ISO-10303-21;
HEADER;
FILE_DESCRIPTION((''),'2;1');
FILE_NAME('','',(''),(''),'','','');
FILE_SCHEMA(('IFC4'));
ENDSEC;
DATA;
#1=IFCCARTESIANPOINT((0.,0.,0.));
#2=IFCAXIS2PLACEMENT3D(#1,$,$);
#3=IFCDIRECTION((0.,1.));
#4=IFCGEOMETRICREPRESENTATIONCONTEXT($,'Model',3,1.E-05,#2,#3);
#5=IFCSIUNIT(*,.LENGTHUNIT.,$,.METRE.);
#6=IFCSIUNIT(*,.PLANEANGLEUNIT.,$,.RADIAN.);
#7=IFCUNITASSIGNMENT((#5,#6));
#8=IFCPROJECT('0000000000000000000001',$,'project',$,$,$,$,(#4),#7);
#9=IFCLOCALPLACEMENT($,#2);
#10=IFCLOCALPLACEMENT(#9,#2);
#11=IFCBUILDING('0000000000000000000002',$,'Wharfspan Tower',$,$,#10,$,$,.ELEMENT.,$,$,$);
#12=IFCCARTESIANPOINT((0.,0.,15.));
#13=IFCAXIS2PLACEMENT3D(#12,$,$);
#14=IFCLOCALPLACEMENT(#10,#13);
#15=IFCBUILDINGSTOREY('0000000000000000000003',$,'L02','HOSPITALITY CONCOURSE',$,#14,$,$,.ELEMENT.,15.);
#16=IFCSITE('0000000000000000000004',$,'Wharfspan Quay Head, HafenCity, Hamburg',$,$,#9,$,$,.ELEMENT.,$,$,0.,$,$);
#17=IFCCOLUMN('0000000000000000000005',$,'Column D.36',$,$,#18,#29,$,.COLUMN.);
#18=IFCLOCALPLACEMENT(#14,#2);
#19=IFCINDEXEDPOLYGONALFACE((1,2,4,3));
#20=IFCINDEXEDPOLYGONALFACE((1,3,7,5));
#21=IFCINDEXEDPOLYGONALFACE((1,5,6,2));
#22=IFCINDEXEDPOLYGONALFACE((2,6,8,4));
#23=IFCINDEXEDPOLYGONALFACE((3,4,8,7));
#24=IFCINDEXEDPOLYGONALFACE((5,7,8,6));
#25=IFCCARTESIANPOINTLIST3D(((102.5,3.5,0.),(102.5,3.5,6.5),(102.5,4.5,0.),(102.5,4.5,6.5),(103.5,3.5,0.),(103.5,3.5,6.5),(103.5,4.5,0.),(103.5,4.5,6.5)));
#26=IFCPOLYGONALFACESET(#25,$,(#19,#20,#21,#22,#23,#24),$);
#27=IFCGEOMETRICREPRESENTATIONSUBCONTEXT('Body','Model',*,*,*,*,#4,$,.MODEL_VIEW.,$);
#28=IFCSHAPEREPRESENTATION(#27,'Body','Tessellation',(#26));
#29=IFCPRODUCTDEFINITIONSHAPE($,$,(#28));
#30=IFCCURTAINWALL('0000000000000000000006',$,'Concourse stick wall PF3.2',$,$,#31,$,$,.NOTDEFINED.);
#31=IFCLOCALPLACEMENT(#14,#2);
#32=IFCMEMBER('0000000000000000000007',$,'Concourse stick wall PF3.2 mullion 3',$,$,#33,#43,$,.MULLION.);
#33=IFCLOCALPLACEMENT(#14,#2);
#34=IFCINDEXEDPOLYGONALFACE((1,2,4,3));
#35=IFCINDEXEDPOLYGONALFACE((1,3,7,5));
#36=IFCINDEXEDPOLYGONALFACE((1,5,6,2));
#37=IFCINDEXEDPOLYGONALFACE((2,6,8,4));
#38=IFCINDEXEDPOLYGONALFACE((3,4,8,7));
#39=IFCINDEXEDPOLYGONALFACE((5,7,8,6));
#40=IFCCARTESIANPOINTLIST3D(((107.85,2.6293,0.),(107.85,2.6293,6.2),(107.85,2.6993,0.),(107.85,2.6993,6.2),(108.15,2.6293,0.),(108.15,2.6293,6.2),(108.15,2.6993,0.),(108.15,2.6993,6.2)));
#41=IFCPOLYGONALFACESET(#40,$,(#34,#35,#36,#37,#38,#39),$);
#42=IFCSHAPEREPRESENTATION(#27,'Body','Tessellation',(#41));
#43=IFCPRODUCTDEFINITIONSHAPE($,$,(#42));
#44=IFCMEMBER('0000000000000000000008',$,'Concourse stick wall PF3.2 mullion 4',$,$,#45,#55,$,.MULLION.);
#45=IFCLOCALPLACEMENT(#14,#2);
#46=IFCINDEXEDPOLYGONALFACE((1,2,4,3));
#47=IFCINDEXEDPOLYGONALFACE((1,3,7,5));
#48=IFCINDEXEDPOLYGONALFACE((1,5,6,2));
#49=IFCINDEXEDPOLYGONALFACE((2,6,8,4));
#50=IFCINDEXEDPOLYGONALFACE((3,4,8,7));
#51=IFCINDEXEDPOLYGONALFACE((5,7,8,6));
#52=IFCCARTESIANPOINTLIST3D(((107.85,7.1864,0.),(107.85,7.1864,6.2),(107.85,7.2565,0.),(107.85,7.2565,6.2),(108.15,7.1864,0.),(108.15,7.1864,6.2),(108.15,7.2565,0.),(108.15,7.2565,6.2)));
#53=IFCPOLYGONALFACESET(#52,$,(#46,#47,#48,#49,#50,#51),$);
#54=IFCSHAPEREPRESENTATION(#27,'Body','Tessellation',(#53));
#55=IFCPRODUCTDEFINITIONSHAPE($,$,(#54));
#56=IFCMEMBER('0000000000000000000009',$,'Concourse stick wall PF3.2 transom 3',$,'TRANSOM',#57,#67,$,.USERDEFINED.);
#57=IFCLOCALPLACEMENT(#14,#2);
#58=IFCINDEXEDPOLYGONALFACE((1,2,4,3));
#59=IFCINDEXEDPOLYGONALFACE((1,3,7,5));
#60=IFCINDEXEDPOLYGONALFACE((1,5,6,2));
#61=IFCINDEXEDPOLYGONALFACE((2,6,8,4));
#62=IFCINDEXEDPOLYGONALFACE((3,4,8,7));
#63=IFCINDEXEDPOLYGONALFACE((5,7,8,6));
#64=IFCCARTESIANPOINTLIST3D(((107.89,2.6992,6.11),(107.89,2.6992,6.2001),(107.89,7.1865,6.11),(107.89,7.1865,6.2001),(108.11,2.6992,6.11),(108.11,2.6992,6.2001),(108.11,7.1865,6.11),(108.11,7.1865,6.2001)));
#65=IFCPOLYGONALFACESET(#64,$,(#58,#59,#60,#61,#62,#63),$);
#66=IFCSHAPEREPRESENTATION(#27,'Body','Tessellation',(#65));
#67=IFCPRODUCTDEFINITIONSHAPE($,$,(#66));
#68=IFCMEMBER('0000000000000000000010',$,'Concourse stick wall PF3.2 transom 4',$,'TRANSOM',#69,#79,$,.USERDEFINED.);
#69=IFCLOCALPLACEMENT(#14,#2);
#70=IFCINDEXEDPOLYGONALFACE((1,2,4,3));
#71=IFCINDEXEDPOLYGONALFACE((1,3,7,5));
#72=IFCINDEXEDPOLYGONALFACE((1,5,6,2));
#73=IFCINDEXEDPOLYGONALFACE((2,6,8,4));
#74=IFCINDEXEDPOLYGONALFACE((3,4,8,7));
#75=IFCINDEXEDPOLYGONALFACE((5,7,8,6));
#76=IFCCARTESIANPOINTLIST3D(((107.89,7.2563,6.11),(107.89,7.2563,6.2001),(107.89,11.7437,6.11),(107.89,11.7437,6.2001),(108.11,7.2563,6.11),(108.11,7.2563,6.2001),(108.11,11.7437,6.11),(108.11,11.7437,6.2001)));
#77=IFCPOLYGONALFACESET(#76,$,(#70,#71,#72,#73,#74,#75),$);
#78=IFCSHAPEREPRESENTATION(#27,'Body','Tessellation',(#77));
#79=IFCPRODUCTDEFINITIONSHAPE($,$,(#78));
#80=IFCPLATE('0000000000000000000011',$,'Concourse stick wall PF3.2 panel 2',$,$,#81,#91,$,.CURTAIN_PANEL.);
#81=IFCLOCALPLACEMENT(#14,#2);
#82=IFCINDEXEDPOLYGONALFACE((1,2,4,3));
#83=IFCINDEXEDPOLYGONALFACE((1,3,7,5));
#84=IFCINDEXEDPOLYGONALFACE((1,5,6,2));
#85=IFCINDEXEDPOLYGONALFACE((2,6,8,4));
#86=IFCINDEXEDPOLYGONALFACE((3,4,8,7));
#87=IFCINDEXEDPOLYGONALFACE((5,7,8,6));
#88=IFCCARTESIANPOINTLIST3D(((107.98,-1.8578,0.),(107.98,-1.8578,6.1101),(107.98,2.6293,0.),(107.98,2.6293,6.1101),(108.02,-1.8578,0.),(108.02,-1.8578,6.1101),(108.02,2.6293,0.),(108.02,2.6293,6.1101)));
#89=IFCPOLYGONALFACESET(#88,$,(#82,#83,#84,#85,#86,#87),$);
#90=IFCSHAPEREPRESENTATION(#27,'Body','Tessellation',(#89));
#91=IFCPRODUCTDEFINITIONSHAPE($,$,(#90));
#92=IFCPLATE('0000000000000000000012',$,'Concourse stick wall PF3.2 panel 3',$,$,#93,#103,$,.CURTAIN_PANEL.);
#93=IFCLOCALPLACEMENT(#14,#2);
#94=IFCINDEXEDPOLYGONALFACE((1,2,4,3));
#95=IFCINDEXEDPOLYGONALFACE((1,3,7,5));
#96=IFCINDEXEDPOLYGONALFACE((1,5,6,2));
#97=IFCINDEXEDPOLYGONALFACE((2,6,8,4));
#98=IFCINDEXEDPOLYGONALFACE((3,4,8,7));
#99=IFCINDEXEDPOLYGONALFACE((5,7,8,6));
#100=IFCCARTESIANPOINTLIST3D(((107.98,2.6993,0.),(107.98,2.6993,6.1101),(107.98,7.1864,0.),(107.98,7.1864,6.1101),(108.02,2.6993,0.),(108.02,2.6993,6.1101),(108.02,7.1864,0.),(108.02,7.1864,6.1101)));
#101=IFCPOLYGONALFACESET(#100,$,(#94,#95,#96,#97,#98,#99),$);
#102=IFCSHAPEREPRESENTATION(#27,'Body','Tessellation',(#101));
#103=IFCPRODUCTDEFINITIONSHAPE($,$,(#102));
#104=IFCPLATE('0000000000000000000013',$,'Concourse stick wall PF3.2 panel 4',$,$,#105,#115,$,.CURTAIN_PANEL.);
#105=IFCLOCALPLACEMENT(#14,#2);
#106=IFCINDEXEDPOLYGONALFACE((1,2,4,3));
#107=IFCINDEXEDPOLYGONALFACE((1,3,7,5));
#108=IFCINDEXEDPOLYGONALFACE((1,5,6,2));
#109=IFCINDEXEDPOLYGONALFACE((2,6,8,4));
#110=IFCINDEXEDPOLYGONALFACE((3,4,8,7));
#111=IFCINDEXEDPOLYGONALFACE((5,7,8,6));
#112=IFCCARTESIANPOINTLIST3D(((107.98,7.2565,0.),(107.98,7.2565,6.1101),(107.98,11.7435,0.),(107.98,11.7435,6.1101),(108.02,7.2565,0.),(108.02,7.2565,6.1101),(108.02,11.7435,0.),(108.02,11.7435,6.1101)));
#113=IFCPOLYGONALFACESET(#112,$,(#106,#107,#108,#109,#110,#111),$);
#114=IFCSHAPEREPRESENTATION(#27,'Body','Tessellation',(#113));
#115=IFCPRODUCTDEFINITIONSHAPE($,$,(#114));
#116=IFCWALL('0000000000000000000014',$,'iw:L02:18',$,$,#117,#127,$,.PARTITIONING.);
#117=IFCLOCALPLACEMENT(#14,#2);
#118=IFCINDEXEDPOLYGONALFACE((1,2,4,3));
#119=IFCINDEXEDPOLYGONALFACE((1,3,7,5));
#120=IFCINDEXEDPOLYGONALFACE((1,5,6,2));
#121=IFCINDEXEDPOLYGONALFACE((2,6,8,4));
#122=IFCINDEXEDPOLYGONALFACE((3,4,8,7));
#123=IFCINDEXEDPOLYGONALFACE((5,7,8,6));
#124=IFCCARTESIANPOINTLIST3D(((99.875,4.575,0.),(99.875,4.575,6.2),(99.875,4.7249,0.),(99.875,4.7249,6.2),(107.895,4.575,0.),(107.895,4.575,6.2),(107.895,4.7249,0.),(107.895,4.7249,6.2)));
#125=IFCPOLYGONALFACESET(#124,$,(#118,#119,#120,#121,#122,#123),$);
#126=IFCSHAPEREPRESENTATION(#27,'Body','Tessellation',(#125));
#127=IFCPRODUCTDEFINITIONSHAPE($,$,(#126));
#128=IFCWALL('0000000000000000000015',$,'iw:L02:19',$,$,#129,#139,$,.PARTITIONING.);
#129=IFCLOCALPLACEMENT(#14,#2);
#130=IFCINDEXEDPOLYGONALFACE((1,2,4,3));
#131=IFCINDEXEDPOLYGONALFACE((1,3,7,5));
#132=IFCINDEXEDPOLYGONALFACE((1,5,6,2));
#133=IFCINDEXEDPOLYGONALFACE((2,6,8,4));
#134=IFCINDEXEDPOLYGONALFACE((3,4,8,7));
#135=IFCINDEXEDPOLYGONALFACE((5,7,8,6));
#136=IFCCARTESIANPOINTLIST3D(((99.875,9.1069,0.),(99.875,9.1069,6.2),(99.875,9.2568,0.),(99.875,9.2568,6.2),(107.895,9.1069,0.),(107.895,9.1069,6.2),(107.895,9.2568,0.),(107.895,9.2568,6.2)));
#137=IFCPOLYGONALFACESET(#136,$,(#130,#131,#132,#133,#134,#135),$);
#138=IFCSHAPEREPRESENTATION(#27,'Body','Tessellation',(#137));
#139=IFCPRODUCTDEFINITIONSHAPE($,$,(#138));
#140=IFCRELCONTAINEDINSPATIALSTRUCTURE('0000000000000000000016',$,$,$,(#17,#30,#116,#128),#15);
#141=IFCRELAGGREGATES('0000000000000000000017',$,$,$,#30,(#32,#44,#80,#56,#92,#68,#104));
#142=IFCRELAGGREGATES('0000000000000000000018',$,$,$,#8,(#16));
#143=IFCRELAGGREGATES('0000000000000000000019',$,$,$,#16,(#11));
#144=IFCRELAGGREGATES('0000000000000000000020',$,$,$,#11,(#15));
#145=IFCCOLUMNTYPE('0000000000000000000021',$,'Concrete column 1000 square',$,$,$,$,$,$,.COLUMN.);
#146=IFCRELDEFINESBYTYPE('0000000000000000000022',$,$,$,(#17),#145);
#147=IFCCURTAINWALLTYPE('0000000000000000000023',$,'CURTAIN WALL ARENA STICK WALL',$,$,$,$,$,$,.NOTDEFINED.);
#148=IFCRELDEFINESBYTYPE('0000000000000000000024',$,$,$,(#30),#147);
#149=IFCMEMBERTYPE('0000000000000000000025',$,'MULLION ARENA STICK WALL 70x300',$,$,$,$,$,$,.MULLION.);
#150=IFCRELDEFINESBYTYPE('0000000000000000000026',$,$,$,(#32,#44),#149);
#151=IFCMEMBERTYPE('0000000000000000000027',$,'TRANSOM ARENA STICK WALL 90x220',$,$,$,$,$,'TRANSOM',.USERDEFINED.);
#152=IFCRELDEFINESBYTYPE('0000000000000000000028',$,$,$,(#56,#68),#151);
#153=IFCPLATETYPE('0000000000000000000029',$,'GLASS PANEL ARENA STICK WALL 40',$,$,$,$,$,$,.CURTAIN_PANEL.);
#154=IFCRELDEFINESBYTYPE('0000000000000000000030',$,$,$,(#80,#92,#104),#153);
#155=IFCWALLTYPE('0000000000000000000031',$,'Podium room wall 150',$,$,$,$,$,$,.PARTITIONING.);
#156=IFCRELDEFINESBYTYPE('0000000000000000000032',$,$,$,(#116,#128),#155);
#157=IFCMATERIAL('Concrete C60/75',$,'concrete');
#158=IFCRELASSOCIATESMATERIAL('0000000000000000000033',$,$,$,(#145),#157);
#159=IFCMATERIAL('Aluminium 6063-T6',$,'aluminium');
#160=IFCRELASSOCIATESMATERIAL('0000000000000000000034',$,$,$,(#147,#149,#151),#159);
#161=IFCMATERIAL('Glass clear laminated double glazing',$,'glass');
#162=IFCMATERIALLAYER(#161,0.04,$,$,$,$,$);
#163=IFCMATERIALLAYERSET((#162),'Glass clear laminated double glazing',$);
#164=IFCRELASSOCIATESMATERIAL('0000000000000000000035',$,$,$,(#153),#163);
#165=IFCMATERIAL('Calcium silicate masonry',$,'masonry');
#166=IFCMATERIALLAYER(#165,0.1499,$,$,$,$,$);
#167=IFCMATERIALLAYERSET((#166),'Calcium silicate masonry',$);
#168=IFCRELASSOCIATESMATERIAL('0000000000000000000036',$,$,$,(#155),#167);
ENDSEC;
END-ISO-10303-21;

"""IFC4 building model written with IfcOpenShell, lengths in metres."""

from ifc_helpers import new_model, si_unit, direction, frame, frame_2d, origin, origin_2d, place, context, subcontext, project, spatial, rectangle, extrude, material, layer, layer_set, material_profile, profile_set, type_object, element, aggregate, save


model = new_model("IFC4")

# Units and contexts
model_context = context("Model", 3, precision=1e-05, world=origin(), true_north=direction((0.0, 1.0)))
body_context = subcontext(model_context, "Body", "Model", "MODEL_VIEW")
ifc_project = project(units=[si_unit("LENGTHUNIT", "METRE"), si_unit("PLANEANGLEUNIT", "RADIAN")], contexts=[model_context])

# Site, building, storey
site_placement = place(None, origin())
site = spatial("IfcSite", under=ifc_project, at=site_placement, Name="Wharfspan Quay Head, HafenCity, Hamburg", CompositionType="ELEMENT", RefElevation=0.0)
building_placement = place(site_placement, origin())
building = spatial("IfcBuilding", under=site, at=building_placement, Name="Wharfspan Tower", CompositionType="ELEMENT")
storey_placement = place(building_placement, frame((0.0, 0.0, 15.0)))
storey = spatial("IfcBuildingStorey", under=building, at=storey_placement, Name="L02", Description="HOSPITALITY CONCOURSE", CompositionType="ELEMENT", Elevation=15.0)

# Column
ifc_material_1 = material(Name="Concrete C60/75", Category="concrete")
ifc_material_profile_1 = material_profile(ifc_material_1, rectangle(XDim=1.0, YDim=1.0, at=origin_2d()))
ifc_profile_set_1 = profile_set([ifc_material_profile_1], Name="Concrete C60/75")
column_type = type_object("IfcColumnType", Name="Concrete column 1000 square", PredefinedType="COLUMN", material=ifc_profile_set_1)
column_placement = place(storey_placement, frame((103.0, 4.0, 0.0), z_axis=(0.0, 0.0, 1.0), x_axis=(1.0, 0.0, 0.0)))
element("IfcColumn", 1, at=column_placement, inside=storey, type_object=column_type, Name="Column D.36", PredefinedType="COLUMN", context=body_context, shape_type="SweptSolid", body=[
    extrude(rectangle(XDim=1.0, YDim=1.0, at=origin_2d()), origin(), (0.0, 0.0, 1.0), 6.5),
])

# Curtain wall, members, plates
ifc_material_2 = material(Name="Aluminium 6063-T6", Category="aluminium")
curtain_wall_type = type_object("IfcCurtainWallType", Name="CURTAIN WALL ARENA STICK WALL", PredefinedType="NOTDEFINED", material=ifc_material_2)
curtain_wall_placement = place(storey_placement, origin())
curtain_wall = element("IfcCurtainWall", 2, at=curtain_wall_placement, inside=storey, type_object=curtain_wall_type, Name="Concourse stick wall PF3.2", PredefinedType="NOTDEFINED")
ifc_material_profile_2 = material_profile(ifc_material_2, rectangle(XDim=0.3, YDim=0.0701, at=origin_2d()))
ifc_profile_set_2 = profile_set([ifc_material_profile_2], Name="Aluminium 6063-T6")
member_type_1 = type_object("IfcMemberType", Name="MULLION ARENA STICK WALL 70x300", PredefinedType="MULLION", material=ifc_profile_set_2)
member_1_placement = place(storey_placement, frame((108.0, 2.6643, 0.0), z_axis=(0.0, 0.0, 1.0), x_axis=(-1.0, 0.0, 0.0)))
member_1 = element("IfcMember", 3, at=member_1_placement, type_object=member_type_1, Name="Concourse stick wall PF3.2 mullion 3", PredefinedType="MULLION", context=body_context, shape_type="SweptSolid", body=[
    extrude(rectangle(XDim=0.3, YDim=0.0701, at=origin_2d()), origin(), (0.0, 0.0, 1.0), 6.2),
])
member_2_placement = place(storey_placement, frame((108.0, 7.2214, 0.0), z_axis=(0.0, 0.0, 1.0), x_axis=(-1.0, 0.0, 0.0)))
member_2 = element("IfcMember", 4, at=member_2_placement, type_object=member_type_1, Name="Concourse stick wall PF3.2 mullion 4", PredefinedType="MULLION", context=body_context, shape_type="SweptSolid", body=[
    extrude(rectangle(XDim=0.3, YDim=0.0701, at=origin_2d()), origin(), (0.0, 0.0, 1.0), 6.2),
])
ifc_material_profile_3 = material_profile(ifc_material_2, rectangle(XDim=0.22, YDim=0.0901, at=origin_2d()))
ifc_profile_set_3 = profile_set([ifc_material_profile_3], Name="Aluminium 6063-T6")
member_type_2 = type_object("IfcMemberType", Name="TRANSOM ARENA STICK WALL 90x220", ElementType="TRANSOM", PredefinedType="USERDEFINED", material=ifc_profile_set_3)
member_3_placement = place(storey_placement, frame((108.0, 2.6992, 6.155), z_axis=(0.0, 1.0, 0.0), x_axis=(-1.0, 0.0, 0.0)))
member_3 = element("IfcMember", 5, at=member_3_placement, type_object=member_type_2, Name="Concourse stick wall PF3.2 transom 3", ObjectType="TRANSOM", PredefinedType="USERDEFINED", context=body_context, shape_type="SweptSolid", body=[
    extrude(rectangle(XDim=0.22, YDim=0.0901, at=origin_2d()), origin(), (0.0, 0.0, 1.0), 4.4873),
])
member_4_placement = place(storey_placement, frame((108.0, 7.2563, 6.155), z_axis=(0.0, 1.0, 0.0), x_axis=(-1.0, 0.0, 0.0)))
member_4 = element("IfcMember", 6, at=member_4_placement, type_object=member_type_2, Name="Concourse stick wall PF3.2 transom 4", ObjectType="TRANSOM", PredefinedType="USERDEFINED", context=body_context, shape_type="SweptSolid", body=[
    extrude(rectangle(XDim=0.22, YDim=0.0901, at=origin_2d()), origin(), (0.0, 0.0, 1.0), 4.4873),
])
ifc_material_3 = material(Name="Glass clear laminated double glazing", Category="glass")
ifc_layer_1 = layer(ifc_material_3, 0.04)
ifc_layer_set_1 = layer_set([ifc_layer_1], Name="Glass clear laminated double glazing")
plate_type = type_object("IfcPlateType", Name="GLASS PANEL ARENA STICK WALL 40", PredefinedType="CURTAIN_PANEL", material=ifc_layer_set_1)
plate_1_placement = place(storey_placement, frame((108.0, 0.3857, 0.0), z_axis=(0.0, 0.0, 1.0), x_axis=(0.0, 1.0, 0.0)))
plate_1 = element("IfcPlate", 7, at=plate_1_placement, type_object=plate_type, Name="Concourse stick wall PF3.2 panel 2", PredefinedType="CURTAIN_PANEL", context=body_context, shape_type="SweptSolid", body=[
    extrude(rectangle(XDim=4.4871, YDim=0.04, at=origin_2d()), origin(), (0.0, 0.0, 1.0), 6.1101),
])
plate_2_placement = place(storey_placement, frame((108.0, 4.9429, 0.0), z_axis=(0.0, 0.0, 1.0), x_axis=(0.0, 1.0, 0.0)))
plate_2 = element("IfcPlate", 8, at=plate_2_placement, type_object=plate_type, Name="Concourse stick wall PF3.2 panel 3", PredefinedType="CURTAIN_PANEL", context=body_context, shape_type="SweptSolid", body=[
    extrude(rectangle(XDim=4.4871, YDim=0.04, at=origin_2d()), origin(), (0.0, 0.0, 1.0), 6.1101),
])
plate_3_placement = place(storey_placement, frame((108.0, 9.5, 0.0), z_axis=(0.0, 0.0, 1.0), x_axis=(0.0, 1.0, 0.0)))
plate_3 = element("IfcPlate", 9, at=plate_3_placement, type_object=plate_type, Name="Concourse stick wall PF3.2 panel 4", PredefinedType="CURTAIN_PANEL", context=body_context, shape_type="SweptSolid", body=[
    extrude(rectangle(XDim=4.4871, YDim=0.04, at=origin_2d()), origin(), (0.0, 0.0, 1.0), 6.1101),
])
aggregate(curtain_wall, [member_1, member_2, plate_1, member_3, plate_2, member_4, plate_3])

# Walls
ifc_material_4 = material(Name="Calcium silicate masonry", Category="masonry")
ifc_layer_2 = layer(ifc_material_4, 0.1499)
ifc_layer_set_2 = layer_set([ifc_layer_2], Name="Calcium silicate masonry")
wall_type = type_object("IfcWallType", Name="Podium room wall 150", PredefinedType="PARTITIONING", material=ifc_layer_set_2)
for number, where, z_axis, x_axis, name in (
    (10, (99.875, 4.6499, 0.0), (0.0, 0.0, 1.0), (1.0, 0.0, 0.0), "iw:L02:18"),
    (11, (99.875, 9.1819, 0.0), (0.0, 0.0, 1.0), (1.0, 0.0, 0.0), "iw:L02:19"),
):
    element("IfcWall", number, at=place(storey_placement, frame(where, z_axis=z_axis, x_axis=x_axis)), inside=storey, type_object=wall_type, Name=name, PredefinedType="PARTITIONING", context=body_context, shape_type="SweptSolid", body=[
        extrude(rectangle(XDim=8.02, YDim=0.1499, at=frame_2d((4.01, 0.0))), origin(), (0.0, 0.0, 1.0), 6.2),
    ])

save(model, "model.ifc")
